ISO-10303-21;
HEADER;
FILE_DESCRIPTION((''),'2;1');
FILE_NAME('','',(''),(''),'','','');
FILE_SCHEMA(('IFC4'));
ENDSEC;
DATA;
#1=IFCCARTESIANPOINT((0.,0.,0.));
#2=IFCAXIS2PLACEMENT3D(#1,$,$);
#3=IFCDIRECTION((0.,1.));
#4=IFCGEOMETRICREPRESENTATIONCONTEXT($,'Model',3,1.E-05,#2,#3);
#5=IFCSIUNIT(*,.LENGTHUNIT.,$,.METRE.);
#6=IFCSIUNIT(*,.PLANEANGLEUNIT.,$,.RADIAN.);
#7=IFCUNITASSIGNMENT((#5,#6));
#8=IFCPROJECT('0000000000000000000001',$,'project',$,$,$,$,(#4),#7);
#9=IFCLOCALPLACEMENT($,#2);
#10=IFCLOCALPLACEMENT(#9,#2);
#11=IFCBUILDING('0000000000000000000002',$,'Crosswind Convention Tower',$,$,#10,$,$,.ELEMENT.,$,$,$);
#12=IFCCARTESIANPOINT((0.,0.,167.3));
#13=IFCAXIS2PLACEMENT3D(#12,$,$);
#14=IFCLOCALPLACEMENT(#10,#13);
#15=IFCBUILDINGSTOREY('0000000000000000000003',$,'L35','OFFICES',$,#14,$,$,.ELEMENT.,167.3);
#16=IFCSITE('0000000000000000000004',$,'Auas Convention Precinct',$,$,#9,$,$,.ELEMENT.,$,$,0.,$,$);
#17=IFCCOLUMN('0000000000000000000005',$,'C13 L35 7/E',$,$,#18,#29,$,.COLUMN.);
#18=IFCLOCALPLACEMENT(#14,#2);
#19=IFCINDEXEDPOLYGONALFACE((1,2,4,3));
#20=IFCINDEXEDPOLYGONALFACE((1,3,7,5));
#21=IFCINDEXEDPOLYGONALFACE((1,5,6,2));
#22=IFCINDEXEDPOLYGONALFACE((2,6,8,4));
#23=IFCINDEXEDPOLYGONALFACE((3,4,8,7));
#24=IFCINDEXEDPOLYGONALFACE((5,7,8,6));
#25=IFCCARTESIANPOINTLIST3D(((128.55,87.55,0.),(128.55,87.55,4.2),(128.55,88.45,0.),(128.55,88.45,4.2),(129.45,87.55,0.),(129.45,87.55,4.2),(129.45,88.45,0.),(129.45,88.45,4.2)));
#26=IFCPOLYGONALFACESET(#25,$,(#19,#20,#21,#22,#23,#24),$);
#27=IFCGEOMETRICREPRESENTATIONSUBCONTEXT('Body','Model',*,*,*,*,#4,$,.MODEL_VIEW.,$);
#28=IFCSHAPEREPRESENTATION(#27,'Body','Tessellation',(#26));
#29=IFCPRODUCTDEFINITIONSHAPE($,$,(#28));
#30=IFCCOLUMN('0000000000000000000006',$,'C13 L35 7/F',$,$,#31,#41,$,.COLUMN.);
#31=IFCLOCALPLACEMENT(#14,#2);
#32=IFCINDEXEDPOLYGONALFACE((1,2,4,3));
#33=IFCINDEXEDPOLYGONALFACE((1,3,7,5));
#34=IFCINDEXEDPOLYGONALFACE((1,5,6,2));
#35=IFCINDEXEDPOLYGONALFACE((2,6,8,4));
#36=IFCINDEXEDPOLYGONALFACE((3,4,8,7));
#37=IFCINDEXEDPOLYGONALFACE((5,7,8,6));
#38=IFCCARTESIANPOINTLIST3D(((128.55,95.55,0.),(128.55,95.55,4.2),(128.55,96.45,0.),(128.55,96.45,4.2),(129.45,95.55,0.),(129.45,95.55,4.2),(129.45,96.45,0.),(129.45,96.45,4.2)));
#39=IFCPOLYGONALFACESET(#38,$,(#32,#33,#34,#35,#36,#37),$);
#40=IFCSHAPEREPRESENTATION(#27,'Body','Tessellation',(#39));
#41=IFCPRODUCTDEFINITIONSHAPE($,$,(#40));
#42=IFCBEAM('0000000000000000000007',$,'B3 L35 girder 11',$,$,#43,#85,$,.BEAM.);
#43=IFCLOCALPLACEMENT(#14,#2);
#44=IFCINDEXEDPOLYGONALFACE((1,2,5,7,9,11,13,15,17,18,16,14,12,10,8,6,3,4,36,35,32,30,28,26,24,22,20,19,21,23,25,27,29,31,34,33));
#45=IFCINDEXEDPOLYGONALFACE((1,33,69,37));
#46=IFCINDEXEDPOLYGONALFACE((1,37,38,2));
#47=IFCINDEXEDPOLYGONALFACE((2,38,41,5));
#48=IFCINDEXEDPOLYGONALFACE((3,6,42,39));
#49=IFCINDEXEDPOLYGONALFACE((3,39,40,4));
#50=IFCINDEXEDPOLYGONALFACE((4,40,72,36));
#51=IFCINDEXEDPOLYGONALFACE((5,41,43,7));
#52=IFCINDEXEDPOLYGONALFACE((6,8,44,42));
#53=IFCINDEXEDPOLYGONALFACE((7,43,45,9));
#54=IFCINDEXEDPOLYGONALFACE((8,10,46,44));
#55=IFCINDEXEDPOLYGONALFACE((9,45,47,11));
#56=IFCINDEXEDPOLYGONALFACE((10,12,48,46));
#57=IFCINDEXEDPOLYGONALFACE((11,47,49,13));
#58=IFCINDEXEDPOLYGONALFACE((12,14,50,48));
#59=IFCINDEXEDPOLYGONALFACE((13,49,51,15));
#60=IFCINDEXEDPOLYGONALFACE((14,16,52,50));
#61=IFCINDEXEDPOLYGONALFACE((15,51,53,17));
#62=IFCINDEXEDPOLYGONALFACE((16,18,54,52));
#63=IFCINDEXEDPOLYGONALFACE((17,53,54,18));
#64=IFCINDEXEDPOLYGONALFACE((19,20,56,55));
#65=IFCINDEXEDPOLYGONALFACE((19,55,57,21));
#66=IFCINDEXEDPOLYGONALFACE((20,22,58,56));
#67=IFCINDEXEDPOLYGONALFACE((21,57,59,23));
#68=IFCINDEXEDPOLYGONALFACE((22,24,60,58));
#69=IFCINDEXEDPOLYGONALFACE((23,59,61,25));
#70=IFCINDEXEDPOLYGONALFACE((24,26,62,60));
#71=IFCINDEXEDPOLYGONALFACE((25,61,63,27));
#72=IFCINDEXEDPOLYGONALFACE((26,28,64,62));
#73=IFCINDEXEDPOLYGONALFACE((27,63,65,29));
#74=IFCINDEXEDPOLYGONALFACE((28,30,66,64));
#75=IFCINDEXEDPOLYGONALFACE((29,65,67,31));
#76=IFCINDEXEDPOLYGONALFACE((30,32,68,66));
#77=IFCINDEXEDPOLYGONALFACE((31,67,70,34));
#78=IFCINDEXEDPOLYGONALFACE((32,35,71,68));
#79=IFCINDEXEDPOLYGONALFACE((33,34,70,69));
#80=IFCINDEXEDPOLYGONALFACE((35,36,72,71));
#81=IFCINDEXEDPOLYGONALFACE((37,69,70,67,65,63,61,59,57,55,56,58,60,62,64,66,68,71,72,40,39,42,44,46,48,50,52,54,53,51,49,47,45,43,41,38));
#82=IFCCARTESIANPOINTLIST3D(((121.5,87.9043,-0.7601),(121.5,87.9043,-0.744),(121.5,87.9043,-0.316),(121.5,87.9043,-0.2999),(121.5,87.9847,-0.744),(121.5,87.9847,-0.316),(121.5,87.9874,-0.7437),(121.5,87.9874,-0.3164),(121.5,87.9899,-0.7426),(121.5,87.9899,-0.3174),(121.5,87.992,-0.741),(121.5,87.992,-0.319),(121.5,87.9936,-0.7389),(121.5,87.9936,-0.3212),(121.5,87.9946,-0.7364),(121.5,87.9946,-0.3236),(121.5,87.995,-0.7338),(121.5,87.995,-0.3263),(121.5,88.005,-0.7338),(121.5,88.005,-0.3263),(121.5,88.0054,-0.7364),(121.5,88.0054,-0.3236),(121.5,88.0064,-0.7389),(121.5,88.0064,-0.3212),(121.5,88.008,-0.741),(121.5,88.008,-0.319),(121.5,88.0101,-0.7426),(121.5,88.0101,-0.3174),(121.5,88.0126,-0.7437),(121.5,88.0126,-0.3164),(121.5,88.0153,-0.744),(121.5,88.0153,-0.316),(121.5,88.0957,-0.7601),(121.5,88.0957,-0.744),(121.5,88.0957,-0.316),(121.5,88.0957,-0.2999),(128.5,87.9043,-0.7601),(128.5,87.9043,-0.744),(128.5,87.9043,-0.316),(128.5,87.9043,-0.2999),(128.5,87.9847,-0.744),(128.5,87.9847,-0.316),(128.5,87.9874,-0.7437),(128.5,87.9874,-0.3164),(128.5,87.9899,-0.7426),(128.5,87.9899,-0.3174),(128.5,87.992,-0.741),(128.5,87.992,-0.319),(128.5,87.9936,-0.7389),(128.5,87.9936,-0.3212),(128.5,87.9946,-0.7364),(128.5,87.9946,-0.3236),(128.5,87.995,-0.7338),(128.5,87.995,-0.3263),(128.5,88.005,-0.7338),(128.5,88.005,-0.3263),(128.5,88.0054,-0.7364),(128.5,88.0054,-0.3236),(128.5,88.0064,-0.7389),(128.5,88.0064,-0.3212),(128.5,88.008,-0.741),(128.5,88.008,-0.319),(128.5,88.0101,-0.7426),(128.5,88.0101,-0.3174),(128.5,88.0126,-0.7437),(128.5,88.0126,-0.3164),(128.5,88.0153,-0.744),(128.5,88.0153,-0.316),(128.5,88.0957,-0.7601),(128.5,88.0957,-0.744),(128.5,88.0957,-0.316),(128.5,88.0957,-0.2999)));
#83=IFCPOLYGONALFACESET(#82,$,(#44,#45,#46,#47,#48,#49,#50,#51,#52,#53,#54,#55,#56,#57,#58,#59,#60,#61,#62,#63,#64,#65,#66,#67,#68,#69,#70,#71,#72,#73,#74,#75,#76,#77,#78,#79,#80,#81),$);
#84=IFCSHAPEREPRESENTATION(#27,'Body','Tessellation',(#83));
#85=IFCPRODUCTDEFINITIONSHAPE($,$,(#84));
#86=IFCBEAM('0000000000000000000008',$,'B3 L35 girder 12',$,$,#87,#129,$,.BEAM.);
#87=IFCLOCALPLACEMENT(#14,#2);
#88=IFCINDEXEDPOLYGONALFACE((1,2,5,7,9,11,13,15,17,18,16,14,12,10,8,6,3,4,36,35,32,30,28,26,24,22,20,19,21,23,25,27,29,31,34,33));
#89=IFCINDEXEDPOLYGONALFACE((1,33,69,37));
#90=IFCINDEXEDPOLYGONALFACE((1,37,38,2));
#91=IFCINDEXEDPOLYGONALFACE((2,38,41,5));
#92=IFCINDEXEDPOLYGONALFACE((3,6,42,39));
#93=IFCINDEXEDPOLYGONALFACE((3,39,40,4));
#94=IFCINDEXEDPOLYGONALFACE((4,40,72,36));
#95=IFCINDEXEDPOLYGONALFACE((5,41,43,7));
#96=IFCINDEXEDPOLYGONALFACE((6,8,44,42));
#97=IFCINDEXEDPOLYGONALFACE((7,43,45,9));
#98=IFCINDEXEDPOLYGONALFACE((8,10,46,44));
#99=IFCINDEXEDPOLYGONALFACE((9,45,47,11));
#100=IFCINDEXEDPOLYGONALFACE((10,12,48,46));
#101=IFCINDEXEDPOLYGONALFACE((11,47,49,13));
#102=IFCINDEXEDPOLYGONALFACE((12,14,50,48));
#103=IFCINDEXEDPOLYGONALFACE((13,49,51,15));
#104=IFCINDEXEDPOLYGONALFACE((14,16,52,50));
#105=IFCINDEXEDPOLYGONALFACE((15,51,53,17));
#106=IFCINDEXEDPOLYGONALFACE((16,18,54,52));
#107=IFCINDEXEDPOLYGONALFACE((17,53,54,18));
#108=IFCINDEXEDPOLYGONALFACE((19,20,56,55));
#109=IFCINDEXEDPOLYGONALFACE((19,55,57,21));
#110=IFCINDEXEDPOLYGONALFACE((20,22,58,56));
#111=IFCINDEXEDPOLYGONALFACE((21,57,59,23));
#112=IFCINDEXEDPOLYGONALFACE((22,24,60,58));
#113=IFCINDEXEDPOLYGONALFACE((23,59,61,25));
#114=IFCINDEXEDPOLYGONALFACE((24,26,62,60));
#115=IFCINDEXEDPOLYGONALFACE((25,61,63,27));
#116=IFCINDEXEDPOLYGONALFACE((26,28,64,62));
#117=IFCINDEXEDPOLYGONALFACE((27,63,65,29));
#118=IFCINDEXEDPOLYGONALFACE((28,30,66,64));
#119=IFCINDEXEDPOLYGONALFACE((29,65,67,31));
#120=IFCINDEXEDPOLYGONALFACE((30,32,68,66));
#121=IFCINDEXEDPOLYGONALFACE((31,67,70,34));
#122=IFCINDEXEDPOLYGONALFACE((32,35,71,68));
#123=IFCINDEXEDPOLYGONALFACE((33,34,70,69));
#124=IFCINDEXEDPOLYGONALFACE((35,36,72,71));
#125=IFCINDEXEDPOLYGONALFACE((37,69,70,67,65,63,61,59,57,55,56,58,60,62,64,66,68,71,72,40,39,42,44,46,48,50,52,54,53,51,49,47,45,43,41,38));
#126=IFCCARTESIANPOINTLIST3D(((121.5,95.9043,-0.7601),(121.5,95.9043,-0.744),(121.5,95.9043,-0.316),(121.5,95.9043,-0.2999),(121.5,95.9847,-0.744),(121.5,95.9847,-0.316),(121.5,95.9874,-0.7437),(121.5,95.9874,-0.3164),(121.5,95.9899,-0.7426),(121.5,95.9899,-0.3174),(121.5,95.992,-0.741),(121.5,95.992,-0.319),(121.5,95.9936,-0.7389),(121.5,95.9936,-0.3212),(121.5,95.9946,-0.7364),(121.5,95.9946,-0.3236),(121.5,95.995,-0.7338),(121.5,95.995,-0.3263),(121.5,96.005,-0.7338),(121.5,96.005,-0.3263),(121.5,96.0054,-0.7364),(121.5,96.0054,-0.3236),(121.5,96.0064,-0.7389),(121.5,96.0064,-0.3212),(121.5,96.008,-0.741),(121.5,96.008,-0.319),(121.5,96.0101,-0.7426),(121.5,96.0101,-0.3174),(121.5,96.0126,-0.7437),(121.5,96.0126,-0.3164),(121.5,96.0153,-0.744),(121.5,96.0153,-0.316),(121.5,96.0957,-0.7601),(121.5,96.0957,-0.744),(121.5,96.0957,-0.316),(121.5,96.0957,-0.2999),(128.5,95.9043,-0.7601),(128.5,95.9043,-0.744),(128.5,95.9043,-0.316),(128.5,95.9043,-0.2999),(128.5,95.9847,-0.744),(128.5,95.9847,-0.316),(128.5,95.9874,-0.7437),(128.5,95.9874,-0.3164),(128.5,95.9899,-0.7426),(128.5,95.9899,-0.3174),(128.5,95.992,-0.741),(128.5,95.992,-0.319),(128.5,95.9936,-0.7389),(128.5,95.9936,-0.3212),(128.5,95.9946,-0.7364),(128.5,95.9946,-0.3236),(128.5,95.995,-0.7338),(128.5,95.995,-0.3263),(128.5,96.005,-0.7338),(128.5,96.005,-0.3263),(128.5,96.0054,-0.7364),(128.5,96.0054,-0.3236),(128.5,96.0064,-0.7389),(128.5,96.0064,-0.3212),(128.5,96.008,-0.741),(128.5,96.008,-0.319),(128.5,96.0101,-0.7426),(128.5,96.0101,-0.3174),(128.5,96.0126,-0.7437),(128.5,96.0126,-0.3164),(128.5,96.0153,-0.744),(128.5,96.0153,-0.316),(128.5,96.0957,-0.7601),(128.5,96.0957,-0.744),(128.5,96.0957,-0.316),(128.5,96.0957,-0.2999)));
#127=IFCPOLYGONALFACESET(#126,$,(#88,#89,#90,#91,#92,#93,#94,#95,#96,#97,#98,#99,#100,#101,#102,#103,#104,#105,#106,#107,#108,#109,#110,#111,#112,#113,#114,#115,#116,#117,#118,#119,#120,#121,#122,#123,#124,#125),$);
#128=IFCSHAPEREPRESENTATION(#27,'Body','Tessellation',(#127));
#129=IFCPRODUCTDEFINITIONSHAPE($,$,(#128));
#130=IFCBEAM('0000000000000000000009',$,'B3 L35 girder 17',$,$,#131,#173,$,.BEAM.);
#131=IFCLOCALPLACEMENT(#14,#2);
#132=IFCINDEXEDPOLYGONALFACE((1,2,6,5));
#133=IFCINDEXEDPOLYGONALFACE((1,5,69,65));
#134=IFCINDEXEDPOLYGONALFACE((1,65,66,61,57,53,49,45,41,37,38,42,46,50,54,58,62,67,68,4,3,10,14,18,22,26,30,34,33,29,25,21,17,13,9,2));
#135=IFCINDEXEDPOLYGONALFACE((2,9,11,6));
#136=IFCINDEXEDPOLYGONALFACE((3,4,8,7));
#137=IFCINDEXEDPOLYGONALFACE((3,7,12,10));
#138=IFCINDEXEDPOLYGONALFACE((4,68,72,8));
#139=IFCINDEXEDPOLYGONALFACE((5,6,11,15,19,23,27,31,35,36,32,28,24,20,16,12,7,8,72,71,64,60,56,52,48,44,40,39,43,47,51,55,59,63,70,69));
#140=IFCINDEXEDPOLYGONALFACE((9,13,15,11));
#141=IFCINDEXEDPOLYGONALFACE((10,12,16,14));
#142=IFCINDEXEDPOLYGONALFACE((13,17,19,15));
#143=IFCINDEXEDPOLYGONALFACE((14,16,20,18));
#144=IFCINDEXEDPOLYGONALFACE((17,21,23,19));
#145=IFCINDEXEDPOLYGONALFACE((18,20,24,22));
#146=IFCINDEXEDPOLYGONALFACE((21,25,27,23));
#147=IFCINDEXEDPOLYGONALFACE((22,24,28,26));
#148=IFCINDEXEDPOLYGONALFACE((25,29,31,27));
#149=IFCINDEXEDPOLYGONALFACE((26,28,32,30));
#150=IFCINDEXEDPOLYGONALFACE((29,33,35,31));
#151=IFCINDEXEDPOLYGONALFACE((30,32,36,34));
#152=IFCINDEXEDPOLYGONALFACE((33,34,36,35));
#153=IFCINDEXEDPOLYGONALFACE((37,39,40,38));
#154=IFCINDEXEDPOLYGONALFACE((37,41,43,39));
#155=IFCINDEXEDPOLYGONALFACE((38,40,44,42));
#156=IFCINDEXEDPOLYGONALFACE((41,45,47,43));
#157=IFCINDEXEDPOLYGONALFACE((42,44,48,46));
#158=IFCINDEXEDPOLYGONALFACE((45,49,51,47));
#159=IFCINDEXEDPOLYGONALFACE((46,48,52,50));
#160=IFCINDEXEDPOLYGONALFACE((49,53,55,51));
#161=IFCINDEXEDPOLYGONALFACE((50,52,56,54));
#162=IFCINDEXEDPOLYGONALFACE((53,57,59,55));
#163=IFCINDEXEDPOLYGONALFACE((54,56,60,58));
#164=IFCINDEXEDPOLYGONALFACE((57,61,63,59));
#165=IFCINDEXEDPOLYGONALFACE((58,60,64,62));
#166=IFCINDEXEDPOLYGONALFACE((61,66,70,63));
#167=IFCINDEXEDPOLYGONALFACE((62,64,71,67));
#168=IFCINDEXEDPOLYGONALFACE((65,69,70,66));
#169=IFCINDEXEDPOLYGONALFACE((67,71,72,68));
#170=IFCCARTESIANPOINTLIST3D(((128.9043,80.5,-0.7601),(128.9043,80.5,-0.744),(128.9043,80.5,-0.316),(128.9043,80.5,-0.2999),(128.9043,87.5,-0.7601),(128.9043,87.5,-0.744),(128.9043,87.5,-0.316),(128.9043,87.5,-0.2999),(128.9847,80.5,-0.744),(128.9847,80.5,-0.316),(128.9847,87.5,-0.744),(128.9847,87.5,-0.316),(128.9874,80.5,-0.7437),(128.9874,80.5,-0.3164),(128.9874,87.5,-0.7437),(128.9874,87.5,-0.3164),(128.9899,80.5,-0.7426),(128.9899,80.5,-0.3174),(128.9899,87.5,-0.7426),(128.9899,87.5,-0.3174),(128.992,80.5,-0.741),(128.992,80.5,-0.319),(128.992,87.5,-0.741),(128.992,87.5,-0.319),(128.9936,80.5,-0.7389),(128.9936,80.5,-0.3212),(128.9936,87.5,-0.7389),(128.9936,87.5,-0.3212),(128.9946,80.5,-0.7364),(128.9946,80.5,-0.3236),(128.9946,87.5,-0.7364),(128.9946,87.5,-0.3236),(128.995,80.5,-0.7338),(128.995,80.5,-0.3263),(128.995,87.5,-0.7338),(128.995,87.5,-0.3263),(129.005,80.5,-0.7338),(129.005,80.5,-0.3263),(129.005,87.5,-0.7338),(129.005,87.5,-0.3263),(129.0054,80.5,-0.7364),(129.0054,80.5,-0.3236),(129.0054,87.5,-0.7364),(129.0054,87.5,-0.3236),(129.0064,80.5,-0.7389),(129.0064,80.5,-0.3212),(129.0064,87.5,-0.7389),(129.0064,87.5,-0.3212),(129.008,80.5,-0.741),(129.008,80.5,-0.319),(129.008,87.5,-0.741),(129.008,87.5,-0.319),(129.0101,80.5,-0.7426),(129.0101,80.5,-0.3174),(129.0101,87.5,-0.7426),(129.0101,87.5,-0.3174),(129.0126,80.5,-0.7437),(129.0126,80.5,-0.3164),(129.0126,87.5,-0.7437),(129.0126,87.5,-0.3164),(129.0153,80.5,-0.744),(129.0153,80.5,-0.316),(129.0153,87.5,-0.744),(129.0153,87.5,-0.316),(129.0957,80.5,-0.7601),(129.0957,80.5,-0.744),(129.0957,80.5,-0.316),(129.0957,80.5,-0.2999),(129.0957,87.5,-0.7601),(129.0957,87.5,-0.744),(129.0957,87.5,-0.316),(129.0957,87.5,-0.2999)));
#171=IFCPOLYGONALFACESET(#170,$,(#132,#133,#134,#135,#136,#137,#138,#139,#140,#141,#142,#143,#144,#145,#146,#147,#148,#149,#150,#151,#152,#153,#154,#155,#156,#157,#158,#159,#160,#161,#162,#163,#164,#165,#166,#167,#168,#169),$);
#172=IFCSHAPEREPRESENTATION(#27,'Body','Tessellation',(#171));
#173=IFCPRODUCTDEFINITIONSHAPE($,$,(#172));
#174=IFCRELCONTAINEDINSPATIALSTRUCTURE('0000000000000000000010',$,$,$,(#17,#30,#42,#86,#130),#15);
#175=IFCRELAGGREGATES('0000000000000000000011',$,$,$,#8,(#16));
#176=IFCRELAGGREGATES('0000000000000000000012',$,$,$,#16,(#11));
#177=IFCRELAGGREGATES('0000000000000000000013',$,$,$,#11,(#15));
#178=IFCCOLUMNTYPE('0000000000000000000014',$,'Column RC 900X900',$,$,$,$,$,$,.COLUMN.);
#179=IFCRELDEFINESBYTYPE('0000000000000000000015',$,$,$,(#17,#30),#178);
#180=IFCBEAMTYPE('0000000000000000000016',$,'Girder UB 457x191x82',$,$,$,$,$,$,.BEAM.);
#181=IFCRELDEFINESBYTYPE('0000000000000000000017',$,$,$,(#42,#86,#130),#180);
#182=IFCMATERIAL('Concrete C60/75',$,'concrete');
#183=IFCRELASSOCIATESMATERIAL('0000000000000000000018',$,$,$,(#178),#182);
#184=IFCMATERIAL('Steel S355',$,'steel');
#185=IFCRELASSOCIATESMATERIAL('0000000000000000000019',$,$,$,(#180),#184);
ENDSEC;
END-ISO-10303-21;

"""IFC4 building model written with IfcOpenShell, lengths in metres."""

from ifc_helpers import new_model, si_unit, direction, frame, origin, origin_2d, place, context, subcontext, project, spatial, rectangle, i_section, extrude, material, material_profile, profile_set, type_object, element, save


model = new_model("IFC4")

# Units and contexts
model_context = context("Model", 3, precision=1e-05, world=origin(), true_north=direction((0.0, 1.0)))
body_context = subcontext(model_context, "Body", "Model", "MODEL_VIEW")
ifc_project = project(units=[si_unit("LENGTHUNIT", "METRE"), si_unit("PLANEANGLEUNIT", "RADIAN")], contexts=[model_context])

# Site, building, storey
site_placement = place(None, origin())
site = spatial("IfcSite", under=ifc_project, at=site_placement, Name="Auas Convention Precinct", CompositionType="ELEMENT", RefElevation=0.0)
building_placement = place(site_placement, origin())
building = spatial("IfcBuilding", under=site, at=building_placement, Name="Crosswind Convention Tower", CompositionType="ELEMENT")
storey_placement = place(building_placement, frame((0.0, 0.0, 167.3)))
storey = spatial("IfcBuildingStorey", under=building, at=storey_placement, Name="L35", Description="OFFICES", CompositionType="ELEMENT", Elevation=167.3)

# Columns
ifc_material_1 = material(Name="Concrete C60/75", Category="concrete")
ifc_material_profile_1 = material_profile(ifc_material_1, rectangle(XDim=0.8999, YDim=0.8999, at=origin_2d()), Name="RC 900X900")
ifc_profile_set_1 = profile_set([ifc_material_profile_1], Name="Concrete C60/75")
column_type = type_object("IfcColumnType", Name="Column RC 900X900", PredefinedType="COLUMN", material=ifc_profile_set_1)
for number, where, z_axis, x_axis, name in (
    (1, (129.0, 88.0, 0.0), (0.0, 0.0, 1.0), (1.0, 0.0, 0.0), "C13 L35 7/E"),
    (2, (129.0, 96.0, 0.0), (0.0, 0.0, 1.0), (1.0, 0.0, 0.0), "C13 L35 7/F"),
):
    element("IfcColumn", number, at=place(storey_placement, frame(where, z_axis=z_axis, x_axis=x_axis)), inside=storey, type_object=column_type, Name=name, PredefinedType="COLUMN", context=body_context, shape_type="SweptSolid", body=[
        extrude(rectangle(XDim=0.8999, YDim=0.8999, at=origin_2d()), origin(), (0.0, 0.0, 1.0), 4.2),
    ])

# Beams
ifc_material_2 = material(Name="Steel S355", Category="steel")
ifc_material_profile_2 = material_profile(ifc_material_2, i_section(OverallWidth=0.1914, OverallDepth=0.4602, WebThickness=0.01, FlangeThickness=0.0161, FilletRadius=0.0103, at=origin_2d()), Name="UB 457x191x82")
ifc_profile_set_2 = profile_set([ifc_material_profile_2], Name="Steel S355")
beam_type_1 = type_object("IfcBeamType", Name="Girder UB 457x191x82", PredefinedType="BEAM", material=ifc_profile_set_2)
for number, where, z_axis, x_axis, name in (
    (3, (121.5, 88.0, -0.53), (1.0, 0.0, 0.0), (0.0, 1.0, 0.0), "B3 L35 girder 11"),
    (4, (121.5, 96.0, -0.53), (1.0, 0.0, 0.0), (0.0, 1.0, 0.0), "B3 L35 girder 12"),
    (5, (129.0, 80.5, -0.53), (0.0, 1.0, 0.0), (-1.0, 0.0, 0.0), "B3 L35 girder 17"),
):
    element("IfcBeam", number, at=place(storey_placement, frame(where, z_axis=z_axis, x_axis=x_axis)), inside=storey, type_object=beam_type_1, Name=name, PredefinedType="BEAM", context=body_context, shape_type="SweptSolid", body=[
        extrude(i_section(OverallWidth=0.1914, OverallDepth=0.4602, WebThickness=0.01, FlangeThickness=0.0161, FilletRadius=0.0103, at=origin_2d()), origin(), (0.0, 0.0, 1.0), 7.0),
    ])

save(model, "model.ifc")
